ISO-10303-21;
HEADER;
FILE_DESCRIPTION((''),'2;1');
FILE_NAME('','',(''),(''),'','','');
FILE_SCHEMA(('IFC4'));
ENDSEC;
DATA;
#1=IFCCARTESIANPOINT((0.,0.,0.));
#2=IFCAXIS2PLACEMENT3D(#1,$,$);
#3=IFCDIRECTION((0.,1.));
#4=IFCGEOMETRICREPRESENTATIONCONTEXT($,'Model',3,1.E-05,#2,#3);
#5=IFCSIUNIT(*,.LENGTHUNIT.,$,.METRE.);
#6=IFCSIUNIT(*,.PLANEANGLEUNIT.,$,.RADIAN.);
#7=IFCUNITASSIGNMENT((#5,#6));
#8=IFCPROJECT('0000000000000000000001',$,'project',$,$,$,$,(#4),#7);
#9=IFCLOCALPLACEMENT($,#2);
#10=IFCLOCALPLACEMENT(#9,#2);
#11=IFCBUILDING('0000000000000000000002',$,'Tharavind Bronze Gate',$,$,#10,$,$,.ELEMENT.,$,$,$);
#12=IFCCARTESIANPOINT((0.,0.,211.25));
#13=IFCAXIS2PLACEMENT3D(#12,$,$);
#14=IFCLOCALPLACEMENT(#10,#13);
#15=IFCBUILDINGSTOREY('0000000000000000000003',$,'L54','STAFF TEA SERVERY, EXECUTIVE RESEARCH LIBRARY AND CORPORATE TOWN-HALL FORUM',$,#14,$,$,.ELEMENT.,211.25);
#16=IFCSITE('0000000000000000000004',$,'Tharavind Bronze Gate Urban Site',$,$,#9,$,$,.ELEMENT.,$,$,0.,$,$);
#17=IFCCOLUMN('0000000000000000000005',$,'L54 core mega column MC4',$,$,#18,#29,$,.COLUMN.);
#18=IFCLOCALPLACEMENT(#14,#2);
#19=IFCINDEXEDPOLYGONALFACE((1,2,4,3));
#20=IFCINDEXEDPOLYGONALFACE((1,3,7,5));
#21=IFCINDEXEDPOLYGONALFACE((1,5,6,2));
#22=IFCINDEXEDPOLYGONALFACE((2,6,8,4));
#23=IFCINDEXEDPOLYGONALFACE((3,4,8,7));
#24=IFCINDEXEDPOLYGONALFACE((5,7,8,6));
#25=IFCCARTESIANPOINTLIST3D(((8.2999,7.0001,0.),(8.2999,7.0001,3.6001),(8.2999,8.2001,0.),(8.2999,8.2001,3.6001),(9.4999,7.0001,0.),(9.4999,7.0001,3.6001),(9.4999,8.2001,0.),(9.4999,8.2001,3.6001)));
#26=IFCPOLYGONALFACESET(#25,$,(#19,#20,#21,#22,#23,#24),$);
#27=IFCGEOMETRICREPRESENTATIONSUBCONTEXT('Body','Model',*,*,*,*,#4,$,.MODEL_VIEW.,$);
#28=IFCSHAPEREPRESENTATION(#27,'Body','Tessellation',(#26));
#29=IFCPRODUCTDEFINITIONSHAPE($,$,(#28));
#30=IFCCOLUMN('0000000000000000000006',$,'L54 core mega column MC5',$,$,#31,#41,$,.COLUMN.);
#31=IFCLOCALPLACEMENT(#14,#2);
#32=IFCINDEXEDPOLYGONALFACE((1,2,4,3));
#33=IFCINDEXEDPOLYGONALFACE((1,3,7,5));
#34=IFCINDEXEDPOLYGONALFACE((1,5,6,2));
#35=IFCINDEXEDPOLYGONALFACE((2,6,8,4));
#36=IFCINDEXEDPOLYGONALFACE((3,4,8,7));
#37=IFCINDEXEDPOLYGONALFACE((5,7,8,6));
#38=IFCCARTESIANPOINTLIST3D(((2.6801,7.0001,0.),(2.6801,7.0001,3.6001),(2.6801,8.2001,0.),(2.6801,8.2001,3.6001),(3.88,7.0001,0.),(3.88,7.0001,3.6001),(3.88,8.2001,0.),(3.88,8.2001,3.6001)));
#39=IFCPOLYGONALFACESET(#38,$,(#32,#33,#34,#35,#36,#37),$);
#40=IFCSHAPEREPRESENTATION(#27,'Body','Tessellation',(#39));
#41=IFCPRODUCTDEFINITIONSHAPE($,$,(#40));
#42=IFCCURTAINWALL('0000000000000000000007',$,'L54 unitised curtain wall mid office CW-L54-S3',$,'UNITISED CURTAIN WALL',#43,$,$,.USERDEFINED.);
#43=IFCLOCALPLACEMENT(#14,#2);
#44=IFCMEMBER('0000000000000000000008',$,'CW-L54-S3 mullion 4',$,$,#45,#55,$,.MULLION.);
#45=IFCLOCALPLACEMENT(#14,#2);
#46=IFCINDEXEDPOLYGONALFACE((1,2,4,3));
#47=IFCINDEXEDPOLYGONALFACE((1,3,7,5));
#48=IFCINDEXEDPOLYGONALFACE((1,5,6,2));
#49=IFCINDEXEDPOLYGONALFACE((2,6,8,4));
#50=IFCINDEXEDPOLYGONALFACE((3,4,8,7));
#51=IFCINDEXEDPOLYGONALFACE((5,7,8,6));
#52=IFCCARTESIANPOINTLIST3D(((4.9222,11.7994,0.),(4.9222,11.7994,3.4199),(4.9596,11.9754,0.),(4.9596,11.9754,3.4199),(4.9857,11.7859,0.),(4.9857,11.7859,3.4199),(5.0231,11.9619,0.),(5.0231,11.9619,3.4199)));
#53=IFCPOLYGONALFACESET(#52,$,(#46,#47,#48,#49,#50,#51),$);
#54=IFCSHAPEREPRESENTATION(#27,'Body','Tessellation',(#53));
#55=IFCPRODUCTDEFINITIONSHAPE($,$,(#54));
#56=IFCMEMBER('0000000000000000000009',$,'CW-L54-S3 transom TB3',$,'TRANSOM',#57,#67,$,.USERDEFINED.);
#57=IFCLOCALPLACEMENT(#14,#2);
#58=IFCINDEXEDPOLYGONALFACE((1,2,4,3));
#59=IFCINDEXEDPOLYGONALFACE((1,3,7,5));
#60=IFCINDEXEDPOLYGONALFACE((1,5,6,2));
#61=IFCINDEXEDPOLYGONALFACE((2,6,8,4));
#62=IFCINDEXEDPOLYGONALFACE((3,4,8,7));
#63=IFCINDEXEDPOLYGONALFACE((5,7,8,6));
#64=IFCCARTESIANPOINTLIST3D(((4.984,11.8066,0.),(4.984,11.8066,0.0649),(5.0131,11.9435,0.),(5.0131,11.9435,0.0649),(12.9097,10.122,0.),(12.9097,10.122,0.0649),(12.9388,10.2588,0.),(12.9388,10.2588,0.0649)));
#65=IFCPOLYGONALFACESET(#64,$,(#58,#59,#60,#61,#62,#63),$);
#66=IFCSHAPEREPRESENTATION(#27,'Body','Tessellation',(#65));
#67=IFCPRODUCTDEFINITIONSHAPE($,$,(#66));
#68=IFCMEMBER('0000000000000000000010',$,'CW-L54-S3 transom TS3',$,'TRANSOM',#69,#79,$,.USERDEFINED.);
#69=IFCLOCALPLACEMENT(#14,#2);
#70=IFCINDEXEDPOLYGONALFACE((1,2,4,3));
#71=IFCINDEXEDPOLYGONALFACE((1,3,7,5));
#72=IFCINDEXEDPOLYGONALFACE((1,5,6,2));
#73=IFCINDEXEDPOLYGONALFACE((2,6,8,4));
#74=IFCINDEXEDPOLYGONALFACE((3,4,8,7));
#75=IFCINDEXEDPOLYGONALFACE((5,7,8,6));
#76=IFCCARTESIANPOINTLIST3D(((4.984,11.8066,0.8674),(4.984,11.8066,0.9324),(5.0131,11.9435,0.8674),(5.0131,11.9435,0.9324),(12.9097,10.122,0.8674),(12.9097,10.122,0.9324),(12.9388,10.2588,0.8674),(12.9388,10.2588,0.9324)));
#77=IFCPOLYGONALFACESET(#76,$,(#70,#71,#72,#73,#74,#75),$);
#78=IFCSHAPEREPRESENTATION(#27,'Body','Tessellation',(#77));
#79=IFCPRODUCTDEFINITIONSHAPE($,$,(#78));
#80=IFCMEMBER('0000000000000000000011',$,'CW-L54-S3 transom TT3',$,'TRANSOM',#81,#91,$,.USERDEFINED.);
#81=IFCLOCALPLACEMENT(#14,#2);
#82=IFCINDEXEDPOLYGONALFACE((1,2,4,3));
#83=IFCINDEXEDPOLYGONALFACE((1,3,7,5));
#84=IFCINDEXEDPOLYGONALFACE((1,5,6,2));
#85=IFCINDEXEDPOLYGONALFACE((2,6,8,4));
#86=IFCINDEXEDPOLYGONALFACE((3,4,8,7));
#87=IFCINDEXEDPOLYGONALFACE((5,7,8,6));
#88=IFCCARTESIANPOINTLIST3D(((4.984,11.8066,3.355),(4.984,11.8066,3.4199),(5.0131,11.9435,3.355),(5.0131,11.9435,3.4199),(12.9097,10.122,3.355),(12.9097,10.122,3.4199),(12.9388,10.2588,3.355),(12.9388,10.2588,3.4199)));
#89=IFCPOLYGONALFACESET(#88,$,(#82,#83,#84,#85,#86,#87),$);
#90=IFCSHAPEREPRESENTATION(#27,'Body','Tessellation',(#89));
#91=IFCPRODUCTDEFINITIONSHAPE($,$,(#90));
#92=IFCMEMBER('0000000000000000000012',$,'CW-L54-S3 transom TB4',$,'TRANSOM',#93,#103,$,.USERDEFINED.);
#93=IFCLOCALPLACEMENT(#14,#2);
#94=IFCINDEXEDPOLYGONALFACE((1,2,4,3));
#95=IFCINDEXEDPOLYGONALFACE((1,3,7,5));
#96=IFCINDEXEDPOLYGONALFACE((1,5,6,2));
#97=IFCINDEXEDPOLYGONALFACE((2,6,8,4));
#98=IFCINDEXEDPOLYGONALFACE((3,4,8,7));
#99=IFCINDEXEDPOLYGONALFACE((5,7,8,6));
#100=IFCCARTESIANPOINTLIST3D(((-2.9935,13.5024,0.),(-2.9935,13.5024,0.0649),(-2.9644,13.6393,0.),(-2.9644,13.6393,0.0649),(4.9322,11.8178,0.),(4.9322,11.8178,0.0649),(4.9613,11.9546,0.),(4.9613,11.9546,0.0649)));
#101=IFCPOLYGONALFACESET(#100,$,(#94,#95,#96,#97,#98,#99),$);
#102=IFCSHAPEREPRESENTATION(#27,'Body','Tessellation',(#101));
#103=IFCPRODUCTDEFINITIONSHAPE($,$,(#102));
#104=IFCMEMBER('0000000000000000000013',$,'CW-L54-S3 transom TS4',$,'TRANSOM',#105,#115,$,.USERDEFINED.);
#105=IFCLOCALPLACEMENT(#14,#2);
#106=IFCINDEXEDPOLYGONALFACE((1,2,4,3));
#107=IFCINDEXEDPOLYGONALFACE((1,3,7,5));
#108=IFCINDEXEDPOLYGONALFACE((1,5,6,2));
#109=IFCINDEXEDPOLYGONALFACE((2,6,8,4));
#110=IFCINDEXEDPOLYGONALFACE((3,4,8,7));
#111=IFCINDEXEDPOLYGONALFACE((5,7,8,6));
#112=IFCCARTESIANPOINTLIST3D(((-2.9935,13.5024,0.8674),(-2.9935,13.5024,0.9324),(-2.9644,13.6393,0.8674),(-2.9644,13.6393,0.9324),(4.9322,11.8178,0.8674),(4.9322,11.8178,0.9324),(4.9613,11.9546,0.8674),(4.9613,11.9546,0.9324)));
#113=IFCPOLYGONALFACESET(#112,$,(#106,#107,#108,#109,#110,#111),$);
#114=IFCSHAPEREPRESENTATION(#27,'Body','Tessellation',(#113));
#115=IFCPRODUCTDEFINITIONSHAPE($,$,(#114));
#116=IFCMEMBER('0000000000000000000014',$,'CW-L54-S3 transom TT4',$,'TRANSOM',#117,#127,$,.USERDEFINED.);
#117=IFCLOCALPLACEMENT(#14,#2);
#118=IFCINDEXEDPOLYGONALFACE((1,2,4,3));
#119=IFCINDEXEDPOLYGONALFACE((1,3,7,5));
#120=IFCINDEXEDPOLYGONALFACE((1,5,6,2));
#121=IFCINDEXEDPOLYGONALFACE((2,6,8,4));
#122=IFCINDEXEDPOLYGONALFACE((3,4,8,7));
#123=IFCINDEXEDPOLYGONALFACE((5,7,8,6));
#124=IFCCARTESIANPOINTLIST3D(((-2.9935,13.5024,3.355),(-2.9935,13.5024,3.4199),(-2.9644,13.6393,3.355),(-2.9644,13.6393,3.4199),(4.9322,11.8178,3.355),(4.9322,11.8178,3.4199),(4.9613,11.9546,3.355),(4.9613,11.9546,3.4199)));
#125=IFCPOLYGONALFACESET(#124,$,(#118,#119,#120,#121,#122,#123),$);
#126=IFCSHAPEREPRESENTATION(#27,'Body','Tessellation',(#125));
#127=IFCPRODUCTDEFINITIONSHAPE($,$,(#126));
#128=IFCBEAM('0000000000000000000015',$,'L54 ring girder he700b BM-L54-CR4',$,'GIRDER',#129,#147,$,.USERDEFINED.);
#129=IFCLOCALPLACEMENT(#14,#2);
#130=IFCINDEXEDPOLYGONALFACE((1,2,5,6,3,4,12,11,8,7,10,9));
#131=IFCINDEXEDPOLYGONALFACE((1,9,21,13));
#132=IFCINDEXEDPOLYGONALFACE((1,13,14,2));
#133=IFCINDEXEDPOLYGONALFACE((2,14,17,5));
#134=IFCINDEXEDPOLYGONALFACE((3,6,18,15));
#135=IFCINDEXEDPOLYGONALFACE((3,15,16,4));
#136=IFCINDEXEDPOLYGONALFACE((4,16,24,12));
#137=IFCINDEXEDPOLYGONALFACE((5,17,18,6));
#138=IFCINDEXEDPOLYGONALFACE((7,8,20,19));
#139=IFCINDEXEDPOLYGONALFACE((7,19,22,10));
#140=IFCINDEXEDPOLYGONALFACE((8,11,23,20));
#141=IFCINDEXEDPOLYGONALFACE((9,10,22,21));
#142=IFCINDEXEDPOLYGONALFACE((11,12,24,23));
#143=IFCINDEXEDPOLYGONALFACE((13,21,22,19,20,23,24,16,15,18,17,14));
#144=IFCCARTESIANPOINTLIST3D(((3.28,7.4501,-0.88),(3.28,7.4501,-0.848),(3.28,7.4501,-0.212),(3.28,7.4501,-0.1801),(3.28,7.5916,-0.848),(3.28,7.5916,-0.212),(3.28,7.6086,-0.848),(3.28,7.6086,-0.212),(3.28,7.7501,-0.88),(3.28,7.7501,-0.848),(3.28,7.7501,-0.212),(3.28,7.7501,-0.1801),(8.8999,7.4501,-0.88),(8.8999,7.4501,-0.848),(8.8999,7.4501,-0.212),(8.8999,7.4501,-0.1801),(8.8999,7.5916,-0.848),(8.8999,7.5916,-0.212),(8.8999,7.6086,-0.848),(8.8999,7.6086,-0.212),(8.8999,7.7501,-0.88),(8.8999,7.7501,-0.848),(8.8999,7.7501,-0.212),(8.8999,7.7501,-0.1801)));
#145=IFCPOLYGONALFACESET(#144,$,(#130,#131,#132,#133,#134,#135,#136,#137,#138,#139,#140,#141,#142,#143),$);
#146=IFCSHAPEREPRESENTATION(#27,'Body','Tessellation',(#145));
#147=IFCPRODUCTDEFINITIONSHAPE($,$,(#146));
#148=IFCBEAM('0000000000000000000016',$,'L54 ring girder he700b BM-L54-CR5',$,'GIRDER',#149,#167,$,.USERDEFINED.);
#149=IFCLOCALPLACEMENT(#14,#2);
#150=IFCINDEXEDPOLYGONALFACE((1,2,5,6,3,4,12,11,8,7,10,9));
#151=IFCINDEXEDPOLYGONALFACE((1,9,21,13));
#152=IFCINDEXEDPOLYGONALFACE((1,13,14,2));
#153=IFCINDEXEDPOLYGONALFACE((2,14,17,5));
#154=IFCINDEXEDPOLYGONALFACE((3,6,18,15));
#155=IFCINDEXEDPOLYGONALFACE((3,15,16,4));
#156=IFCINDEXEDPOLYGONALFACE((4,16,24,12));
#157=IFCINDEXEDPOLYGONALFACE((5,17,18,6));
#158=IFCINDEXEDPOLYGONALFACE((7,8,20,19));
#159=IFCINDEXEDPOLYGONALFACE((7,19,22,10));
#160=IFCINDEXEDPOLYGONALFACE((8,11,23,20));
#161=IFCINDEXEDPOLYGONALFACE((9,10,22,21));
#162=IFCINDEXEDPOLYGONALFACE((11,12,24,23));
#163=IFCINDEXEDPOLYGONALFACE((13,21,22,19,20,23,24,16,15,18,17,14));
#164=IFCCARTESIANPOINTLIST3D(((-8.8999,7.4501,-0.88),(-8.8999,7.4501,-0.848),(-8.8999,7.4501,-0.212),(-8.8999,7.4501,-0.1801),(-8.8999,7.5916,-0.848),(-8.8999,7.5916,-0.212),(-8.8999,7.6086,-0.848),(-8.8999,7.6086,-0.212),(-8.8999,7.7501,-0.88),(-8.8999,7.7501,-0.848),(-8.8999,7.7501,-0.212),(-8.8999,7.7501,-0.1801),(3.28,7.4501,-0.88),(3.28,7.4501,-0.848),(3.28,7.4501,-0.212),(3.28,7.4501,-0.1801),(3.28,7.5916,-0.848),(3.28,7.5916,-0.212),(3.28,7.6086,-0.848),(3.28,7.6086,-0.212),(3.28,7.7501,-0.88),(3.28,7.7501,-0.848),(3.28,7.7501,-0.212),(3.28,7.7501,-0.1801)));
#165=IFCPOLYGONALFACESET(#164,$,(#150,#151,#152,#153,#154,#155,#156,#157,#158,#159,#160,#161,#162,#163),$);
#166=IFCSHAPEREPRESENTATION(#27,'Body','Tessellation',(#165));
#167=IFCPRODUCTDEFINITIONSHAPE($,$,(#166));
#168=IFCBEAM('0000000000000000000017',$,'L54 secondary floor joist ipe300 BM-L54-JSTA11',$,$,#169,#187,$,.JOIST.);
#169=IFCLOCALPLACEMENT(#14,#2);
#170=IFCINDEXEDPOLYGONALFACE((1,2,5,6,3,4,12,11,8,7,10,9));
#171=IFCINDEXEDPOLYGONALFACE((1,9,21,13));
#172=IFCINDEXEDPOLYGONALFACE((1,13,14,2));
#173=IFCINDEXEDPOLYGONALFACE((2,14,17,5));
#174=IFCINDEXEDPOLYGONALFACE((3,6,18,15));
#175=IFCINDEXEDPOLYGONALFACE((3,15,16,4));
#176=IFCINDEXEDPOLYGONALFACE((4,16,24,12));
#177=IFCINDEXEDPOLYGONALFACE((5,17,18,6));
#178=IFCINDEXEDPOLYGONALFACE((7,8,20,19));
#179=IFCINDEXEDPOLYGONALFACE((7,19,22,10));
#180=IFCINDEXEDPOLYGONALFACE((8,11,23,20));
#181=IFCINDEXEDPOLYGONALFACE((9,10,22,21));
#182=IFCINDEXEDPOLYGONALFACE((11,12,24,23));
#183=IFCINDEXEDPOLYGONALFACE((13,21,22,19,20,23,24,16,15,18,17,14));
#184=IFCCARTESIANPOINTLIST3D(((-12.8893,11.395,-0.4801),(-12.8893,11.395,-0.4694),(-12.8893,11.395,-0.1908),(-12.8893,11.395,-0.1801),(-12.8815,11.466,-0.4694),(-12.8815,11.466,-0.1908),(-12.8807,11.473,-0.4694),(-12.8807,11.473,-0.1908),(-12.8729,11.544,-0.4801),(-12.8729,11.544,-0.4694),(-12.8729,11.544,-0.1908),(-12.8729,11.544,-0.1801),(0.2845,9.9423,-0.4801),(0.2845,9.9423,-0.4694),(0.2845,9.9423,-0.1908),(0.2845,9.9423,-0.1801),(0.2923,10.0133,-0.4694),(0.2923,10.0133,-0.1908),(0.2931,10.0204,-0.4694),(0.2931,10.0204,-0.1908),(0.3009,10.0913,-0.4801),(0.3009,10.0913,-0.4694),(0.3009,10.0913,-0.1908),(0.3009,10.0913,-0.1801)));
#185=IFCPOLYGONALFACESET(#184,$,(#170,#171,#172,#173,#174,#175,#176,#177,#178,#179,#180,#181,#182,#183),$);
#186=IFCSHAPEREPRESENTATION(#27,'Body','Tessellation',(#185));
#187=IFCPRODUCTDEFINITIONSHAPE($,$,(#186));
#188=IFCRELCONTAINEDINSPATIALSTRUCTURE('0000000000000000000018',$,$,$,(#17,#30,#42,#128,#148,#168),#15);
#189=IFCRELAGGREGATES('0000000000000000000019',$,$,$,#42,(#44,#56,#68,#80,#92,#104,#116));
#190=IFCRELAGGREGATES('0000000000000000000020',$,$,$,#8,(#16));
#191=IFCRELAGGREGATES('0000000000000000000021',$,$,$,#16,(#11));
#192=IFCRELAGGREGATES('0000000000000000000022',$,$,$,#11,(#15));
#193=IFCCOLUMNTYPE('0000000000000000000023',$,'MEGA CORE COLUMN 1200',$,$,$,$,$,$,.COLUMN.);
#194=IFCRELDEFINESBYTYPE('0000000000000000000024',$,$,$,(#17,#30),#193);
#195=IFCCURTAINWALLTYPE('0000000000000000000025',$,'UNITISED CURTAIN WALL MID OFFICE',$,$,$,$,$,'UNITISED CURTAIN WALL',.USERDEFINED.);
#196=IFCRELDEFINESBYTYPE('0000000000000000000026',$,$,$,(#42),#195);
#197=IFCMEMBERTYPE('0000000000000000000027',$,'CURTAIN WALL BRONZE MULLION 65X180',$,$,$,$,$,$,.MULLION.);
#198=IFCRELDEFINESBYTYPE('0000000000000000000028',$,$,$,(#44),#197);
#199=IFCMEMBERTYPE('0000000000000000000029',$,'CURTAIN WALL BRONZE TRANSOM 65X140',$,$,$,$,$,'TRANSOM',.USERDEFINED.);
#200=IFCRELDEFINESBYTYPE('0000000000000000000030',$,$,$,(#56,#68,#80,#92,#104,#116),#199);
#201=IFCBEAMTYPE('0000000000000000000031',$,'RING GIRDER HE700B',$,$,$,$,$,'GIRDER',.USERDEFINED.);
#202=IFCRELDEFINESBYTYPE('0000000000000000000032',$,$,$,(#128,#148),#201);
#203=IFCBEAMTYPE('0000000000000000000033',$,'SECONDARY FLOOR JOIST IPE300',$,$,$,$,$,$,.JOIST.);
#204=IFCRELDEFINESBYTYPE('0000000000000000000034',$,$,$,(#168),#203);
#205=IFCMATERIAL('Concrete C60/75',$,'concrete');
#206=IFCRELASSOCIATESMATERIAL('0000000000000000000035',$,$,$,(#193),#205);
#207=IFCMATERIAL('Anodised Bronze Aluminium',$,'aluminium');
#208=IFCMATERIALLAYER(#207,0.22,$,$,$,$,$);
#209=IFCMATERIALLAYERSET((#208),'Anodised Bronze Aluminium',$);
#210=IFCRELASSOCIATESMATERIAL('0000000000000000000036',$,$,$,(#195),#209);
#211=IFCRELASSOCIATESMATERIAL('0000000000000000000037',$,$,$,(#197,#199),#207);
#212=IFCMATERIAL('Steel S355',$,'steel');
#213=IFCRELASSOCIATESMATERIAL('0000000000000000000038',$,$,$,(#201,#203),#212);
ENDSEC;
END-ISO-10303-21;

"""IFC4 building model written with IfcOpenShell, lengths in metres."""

from ifc_helpers import new_model, si_unit, direction, frame, origin, origin_2d, place, context, subcontext, project, spatial, rectangle, i_section, extrude, material, layer, layer_set, material_profile, profile_set, type_object, element, aggregate, save


model = new_model("IFC4")

# Units and contexts
model_context = context("Model", 3, precision=1e-05, world=origin(), true_north=direction((0.0, 1.0)))
body_context = subcontext(model_context, "Body", "Model", "MODEL_VIEW")
ifc_project = project(units=[si_unit("LENGTHUNIT", "METRE"), si_unit("PLANEANGLEUNIT", "RADIAN")], contexts=[model_context])

# Site, building, storey
site_placement = place(None, origin())
site = spatial("IfcSite", under=ifc_project, at=site_placement, Name="Tharavind Bronze Gate Urban Site", CompositionType="ELEMENT", RefElevation=0.0)
building_placement = place(site_placement, origin())
building = spatial("IfcBuilding", under=site, at=building_placement, Name="Tharavind Bronze Gate", CompositionType="ELEMENT")
storey_placement = place(building_placement, frame((0.0, 0.0, 211.25)))
storey = spatial("IfcBuildingStorey", under=building, at=storey_placement, Name="L54", Description="STAFF TEA SERVERY, EXECUTIVE RESEARCH LIBRARY AND CORPORATE TOWN-HALL FORUM", CompositionType="ELEMENT", Elevation=211.25)

# Columns
ifc_material_1 = material(Name="Concrete C60/75", Category="concrete")
ifc_material_profile_1 = material_profile(ifc_material_1, rectangle(XDim=1.2, YDim=1.2, at=origin_2d()), Name="RCCOL1200")
ifc_profile_set_1 = profile_set([ifc_material_profile_1], Name="Concrete C60/75")
column_type = type_object("IfcColumnType", Name="MEGA CORE COLUMN 1200", PredefinedType="COLUMN", material=ifc_profile_set_1)
for number, where, z_axis, x_axis, name in (
    (1, (8.8999, 7.6001, 0.0), (0.0, 0.0, 1.0), (1.0, 0.0, 0.0), "L54 core mega column MC4"),
    (2, (3.28, 7.6001, 0.0), (0.0, 0.0, 1.0), (1.0, 0.0, 0.0), "L54 core mega column MC5"),
):
    element("IfcColumn", number, at=place(storey_placement, frame(where, z_axis=z_axis, x_axis=x_axis)), inside=storey, type_object=column_type, Name=name, PredefinedType="COLUMN", context=body_context, shape_type="SweptSolid", body=[
        extrude(rectangle(XDim=1.2, YDim=1.2, at=origin_2d()), origin(), (0.0, 0.0, 1.0), 3.6001),
    ])

# Curtain wall, members
ifc_material_2 = material(Name="Anodised Bronze Aluminium", Category="aluminium")
ifc_layer_1 = layer(ifc_material_2, 0.22)
ifc_layer_set_1 = layer_set([ifc_layer_1], Name="Anodised Bronze Aluminium")
curtain_wall_type = type_object("IfcCurtainWallType", Name="UNITISED CURTAIN WALL MID OFFICE", ElementType="UNITISED CURTAIN WALL", PredefinedType="USERDEFINED", material=ifc_layer_set_1)
curtain_wall_placement = place(storey_placement, origin())
curtain_wall = element("IfcCurtainWall", 3, at=curtain_wall_placement, inside=storey, type_object=curtain_wall_type, Name="L54 unitised curtain wall mid office CW-L54-S3", ObjectType="UNITISED CURTAIN WALL", PredefinedType="USERDEFINED")
member_type_1 = type_object("IfcMemberType", Name="CURTAIN WALL BRONZE MULLION 65X180", PredefinedType="MULLION", material=ifc_material_2)
member_1_placement = place(storey_placement, frame((4.9727, 11.8806, 0.0), z_axis=(0.0, 0.0, 1.0), x_axis=(-0.978148, 0.207912, 0.0)))
member_1 = element("IfcMember", 4, at=member_1_placement, type_object=member_type_1, Name="CW-L54-S3 mullion 4", PredefinedType="MULLION", context=body_context, shape_type="SweptSolid", body=[
    extrude(rectangle(XDim=0.0649, YDim=0.1799, at=origin_2d()), origin(), (0.0, 0.0, 1.0), 3.4199),
])
member_type_2 = type_object("IfcMemberType", Name="CURTAIN WALL BRONZE TRANSOM 65X140", ElementType="TRANSOM", PredefinedType="USERDEFINED", material=ifc_material_2)
member_2_placement = place(storey_placement, frame((8.9614, 11.0327, 0.0), z_axis=(0.0, 0.0, 1.0), x_axis=(-0.978148, 0.207912, 0.0)))
member_2 = element("IfcMember", 5, at=member_2_placement, type_object=member_type_2, Name="CW-L54-S3 transom TB3", ObjectType="TRANSOM", PredefinedType="USERDEFINED", context=body_context, shape_type="SweptSolid", body=[
    extrude(rectangle(XDim=8.1028, YDim=0.1399, at=origin_2d()), origin(), (0.0, 0.0, 1.0), 0.0649),
])
member_3_placement = place(storey_placement, frame((8.9614, 11.0327, 0.8674), z_axis=(0.0, 0.0, 1.0), x_axis=(-0.978148, 0.207912, 0.0)))
member_3 = element("IfcMember", 6, at=member_3_placement, type_object=member_type_2, Name="CW-L54-S3 transom TS3", ObjectType="TRANSOM", PredefinedType="USERDEFINED", context=body_context, shape_type="SweptSolid", body=[
    extrude(rectangle(XDim=8.1028, YDim=0.1399, at=origin_2d()), origin(), (0.0, 0.0, 1.0), 0.0649),
])
member_4_placement = place(storey_placement, frame((8.9614, 11.0327, 3.355), z_axis=(0.0, 0.0, 1.0), x_axis=(-0.978148, 0.207912, 0.0)))
member_4 = element("IfcMember", 7, at=member_4_placement, type_object=member_type_2, Name="CW-L54-S3 transom TT3", ObjectType="TRANSOM", PredefinedType="USERDEFINED", context=body_context, shape_type="SweptSolid", body=[
    extrude(rectangle(XDim=8.1028, YDim=0.1399, at=origin_2d()), origin(), (0.0, 0.0, 1.0), 0.0649),
])
member_5_placement = place(storey_placement, frame((0.9839, 12.7285, 0.0), z_axis=(0.0, 0.0, 1.0), x_axis=(-0.978148, 0.207912, 0.0)))
member_5 = element("IfcMember", 8, at=member_5_placement, type_object=member_type_2, Name="CW-L54-S3 transom TB4", ObjectType="TRANSOM", PredefinedType="USERDEFINED", context=body_context, shape_type="SweptSolid", body=[
    extrude(rectangle(XDim=8.1028, YDim=0.1399, at=origin_2d()), origin(), (0.0, 0.0, 1.0), 0.0649),
])
member_6_placement = place(storey_placement, frame((0.9839, 12.7285, 0.8674), z_axis=(0.0, 0.0, 1.0), x_axis=(-0.978148, 0.207912, 0.0)))
member_6 = element("IfcMember", 9, at=member_6_placement, type_object=member_type_2, Name="CW-L54-S3 transom TS4", ObjectType="TRANSOM", PredefinedType="USERDEFINED", context=body_context, shape_type="SweptSolid", body=[
    extrude(rectangle(XDim=8.1028, YDim=0.1399, at=origin_2d()), origin(), (0.0, 0.0, 1.0), 0.0649),
])
member_7_placement = place(storey_placement, frame((0.9839, 12.7285, 3.355), z_axis=(0.0, 0.0, 1.0), x_axis=(-0.978148, 0.207912, 0.0)))
member_7 = element("IfcMember", 10, at=member_7_placement, type_object=member_type_2, Name="CW-L54-S3 transom TT4", ObjectType="TRANSOM", PredefinedType="USERDEFINED", context=body_context, shape_type="SweptSolid", body=[
    extrude(rectangle(XDim=8.1028, YDim=0.1399, at=origin_2d()), origin(), (0.0, 0.0, 1.0), 0.0649),
])

# Beams
ifc_material_3 = material(Name="Steel S355", Category="steel")
ifc_material_profile_2 = material_profile(ifc_material_3, i_section(OverallWidth=0.3, OverallDepth=0.7, WebThickness=0.0171, FlangeThickness=0.032, at=origin_2d()), Name="HE700B")
ifc_profile_set_2 = profile_set([ifc_material_profile_2], Name="Steel S355")
beam_type_1 = type_object("IfcBeamType", Name="RING GIRDER HE700B", ElementType="GIRDER", PredefinedType="USERDEFINED", material=ifc_profile_set_2)
beam_1_placement = place(storey_placement, frame((8.8999, 7.6001, -0.53), z_axis=(-1.0, 0.0, 0.0), x_axis=(0.0, -1.0, 0.0)))
element("IfcBeam", 11, at=beam_1_placement, inside=storey, type_object=beam_type_1, Name="L54 ring girder he700b BM-L54-CR4", ObjectType="GIRDER", PredefinedType="USERDEFINED", context=body_context, shape_type="SweptSolid", body=[
    extrude(i_section(OverallWidth=0.3, OverallDepth=0.7, WebThickness=0.0171, FlangeThickness=0.032, at=origin_2d()), origin(), (0.0, 0.0, 1.0), 5.6199),
])
beam_2_placement = place(storey_placement, frame((3.28, 7.6001, -0.53), z_axis=(-1.0, 0.0, 0.0), x_axis=(0.0, -1.0, 0.0)))
element("IfcBeam", 12, at=beam_2_placement, inside=storey, type_object=beam_type_1, Name="L54 ring girder he700b BM-L54-CR5", ObjectType="GIRDER", PredefinedType="USERDEFINED", context=body_context, shape_type="SweptSolid", body=[
    extrude(i_section(OverallWidth=0.3, OverallDepth=0.7, WebThickness=0.0171, FlangeThickness=0.032, at=origin_2d()), origin(), (0.0, 0.0, 1.0), 12.1799),
])
ifc_material_profile_3 = material_profile(ifc_material_3, i_section(OverallWidth=0.1499, OverallDepth=0.3, WebThickness=0.0071, FlangeThickness=0.0107, at=origin_2d()), Name="IPE300")
ifc_profile_set_3 = profile_set([ifc_material_profile_3], Name="Steel S355")
beam_type_2 = type_object("IfcBeamType", Name="SECONDARY FLOOR JOIST IPE300", PredefinedType="JOIST", material=ifc_profile_set_3)
beam_3_placement = place(storey_placement, frame((0.2927, 10.0168, -0.3301), z_axis=(-0.993975, 0.109603, 0.0), x_axis=(-0.109603, -0.993975, 0.0)))
element("IfcBeam", 13, at=beam_3_placement, inside=storey, type_object=beam_type_2, Name="L54 secondary floor joist ipe300 BM-L54-JSTA11", PredefinedType="JOIST", context=body_context, shape_type="SweptSolid", body=[
    extrude(i_section(OverallWidth=0.1499, OverallDepth=0.3, WebThickness=0.0071, FlangeThickness=0.0107, at=origin_2d()), origin(), (0.0, 0.0, 1.0), 13.2537),
])

aggregate(curtain_wall, [member_1, member_2, member_3, member_4, member_5, member_6, member_7])

save(model, "model.ifc")
